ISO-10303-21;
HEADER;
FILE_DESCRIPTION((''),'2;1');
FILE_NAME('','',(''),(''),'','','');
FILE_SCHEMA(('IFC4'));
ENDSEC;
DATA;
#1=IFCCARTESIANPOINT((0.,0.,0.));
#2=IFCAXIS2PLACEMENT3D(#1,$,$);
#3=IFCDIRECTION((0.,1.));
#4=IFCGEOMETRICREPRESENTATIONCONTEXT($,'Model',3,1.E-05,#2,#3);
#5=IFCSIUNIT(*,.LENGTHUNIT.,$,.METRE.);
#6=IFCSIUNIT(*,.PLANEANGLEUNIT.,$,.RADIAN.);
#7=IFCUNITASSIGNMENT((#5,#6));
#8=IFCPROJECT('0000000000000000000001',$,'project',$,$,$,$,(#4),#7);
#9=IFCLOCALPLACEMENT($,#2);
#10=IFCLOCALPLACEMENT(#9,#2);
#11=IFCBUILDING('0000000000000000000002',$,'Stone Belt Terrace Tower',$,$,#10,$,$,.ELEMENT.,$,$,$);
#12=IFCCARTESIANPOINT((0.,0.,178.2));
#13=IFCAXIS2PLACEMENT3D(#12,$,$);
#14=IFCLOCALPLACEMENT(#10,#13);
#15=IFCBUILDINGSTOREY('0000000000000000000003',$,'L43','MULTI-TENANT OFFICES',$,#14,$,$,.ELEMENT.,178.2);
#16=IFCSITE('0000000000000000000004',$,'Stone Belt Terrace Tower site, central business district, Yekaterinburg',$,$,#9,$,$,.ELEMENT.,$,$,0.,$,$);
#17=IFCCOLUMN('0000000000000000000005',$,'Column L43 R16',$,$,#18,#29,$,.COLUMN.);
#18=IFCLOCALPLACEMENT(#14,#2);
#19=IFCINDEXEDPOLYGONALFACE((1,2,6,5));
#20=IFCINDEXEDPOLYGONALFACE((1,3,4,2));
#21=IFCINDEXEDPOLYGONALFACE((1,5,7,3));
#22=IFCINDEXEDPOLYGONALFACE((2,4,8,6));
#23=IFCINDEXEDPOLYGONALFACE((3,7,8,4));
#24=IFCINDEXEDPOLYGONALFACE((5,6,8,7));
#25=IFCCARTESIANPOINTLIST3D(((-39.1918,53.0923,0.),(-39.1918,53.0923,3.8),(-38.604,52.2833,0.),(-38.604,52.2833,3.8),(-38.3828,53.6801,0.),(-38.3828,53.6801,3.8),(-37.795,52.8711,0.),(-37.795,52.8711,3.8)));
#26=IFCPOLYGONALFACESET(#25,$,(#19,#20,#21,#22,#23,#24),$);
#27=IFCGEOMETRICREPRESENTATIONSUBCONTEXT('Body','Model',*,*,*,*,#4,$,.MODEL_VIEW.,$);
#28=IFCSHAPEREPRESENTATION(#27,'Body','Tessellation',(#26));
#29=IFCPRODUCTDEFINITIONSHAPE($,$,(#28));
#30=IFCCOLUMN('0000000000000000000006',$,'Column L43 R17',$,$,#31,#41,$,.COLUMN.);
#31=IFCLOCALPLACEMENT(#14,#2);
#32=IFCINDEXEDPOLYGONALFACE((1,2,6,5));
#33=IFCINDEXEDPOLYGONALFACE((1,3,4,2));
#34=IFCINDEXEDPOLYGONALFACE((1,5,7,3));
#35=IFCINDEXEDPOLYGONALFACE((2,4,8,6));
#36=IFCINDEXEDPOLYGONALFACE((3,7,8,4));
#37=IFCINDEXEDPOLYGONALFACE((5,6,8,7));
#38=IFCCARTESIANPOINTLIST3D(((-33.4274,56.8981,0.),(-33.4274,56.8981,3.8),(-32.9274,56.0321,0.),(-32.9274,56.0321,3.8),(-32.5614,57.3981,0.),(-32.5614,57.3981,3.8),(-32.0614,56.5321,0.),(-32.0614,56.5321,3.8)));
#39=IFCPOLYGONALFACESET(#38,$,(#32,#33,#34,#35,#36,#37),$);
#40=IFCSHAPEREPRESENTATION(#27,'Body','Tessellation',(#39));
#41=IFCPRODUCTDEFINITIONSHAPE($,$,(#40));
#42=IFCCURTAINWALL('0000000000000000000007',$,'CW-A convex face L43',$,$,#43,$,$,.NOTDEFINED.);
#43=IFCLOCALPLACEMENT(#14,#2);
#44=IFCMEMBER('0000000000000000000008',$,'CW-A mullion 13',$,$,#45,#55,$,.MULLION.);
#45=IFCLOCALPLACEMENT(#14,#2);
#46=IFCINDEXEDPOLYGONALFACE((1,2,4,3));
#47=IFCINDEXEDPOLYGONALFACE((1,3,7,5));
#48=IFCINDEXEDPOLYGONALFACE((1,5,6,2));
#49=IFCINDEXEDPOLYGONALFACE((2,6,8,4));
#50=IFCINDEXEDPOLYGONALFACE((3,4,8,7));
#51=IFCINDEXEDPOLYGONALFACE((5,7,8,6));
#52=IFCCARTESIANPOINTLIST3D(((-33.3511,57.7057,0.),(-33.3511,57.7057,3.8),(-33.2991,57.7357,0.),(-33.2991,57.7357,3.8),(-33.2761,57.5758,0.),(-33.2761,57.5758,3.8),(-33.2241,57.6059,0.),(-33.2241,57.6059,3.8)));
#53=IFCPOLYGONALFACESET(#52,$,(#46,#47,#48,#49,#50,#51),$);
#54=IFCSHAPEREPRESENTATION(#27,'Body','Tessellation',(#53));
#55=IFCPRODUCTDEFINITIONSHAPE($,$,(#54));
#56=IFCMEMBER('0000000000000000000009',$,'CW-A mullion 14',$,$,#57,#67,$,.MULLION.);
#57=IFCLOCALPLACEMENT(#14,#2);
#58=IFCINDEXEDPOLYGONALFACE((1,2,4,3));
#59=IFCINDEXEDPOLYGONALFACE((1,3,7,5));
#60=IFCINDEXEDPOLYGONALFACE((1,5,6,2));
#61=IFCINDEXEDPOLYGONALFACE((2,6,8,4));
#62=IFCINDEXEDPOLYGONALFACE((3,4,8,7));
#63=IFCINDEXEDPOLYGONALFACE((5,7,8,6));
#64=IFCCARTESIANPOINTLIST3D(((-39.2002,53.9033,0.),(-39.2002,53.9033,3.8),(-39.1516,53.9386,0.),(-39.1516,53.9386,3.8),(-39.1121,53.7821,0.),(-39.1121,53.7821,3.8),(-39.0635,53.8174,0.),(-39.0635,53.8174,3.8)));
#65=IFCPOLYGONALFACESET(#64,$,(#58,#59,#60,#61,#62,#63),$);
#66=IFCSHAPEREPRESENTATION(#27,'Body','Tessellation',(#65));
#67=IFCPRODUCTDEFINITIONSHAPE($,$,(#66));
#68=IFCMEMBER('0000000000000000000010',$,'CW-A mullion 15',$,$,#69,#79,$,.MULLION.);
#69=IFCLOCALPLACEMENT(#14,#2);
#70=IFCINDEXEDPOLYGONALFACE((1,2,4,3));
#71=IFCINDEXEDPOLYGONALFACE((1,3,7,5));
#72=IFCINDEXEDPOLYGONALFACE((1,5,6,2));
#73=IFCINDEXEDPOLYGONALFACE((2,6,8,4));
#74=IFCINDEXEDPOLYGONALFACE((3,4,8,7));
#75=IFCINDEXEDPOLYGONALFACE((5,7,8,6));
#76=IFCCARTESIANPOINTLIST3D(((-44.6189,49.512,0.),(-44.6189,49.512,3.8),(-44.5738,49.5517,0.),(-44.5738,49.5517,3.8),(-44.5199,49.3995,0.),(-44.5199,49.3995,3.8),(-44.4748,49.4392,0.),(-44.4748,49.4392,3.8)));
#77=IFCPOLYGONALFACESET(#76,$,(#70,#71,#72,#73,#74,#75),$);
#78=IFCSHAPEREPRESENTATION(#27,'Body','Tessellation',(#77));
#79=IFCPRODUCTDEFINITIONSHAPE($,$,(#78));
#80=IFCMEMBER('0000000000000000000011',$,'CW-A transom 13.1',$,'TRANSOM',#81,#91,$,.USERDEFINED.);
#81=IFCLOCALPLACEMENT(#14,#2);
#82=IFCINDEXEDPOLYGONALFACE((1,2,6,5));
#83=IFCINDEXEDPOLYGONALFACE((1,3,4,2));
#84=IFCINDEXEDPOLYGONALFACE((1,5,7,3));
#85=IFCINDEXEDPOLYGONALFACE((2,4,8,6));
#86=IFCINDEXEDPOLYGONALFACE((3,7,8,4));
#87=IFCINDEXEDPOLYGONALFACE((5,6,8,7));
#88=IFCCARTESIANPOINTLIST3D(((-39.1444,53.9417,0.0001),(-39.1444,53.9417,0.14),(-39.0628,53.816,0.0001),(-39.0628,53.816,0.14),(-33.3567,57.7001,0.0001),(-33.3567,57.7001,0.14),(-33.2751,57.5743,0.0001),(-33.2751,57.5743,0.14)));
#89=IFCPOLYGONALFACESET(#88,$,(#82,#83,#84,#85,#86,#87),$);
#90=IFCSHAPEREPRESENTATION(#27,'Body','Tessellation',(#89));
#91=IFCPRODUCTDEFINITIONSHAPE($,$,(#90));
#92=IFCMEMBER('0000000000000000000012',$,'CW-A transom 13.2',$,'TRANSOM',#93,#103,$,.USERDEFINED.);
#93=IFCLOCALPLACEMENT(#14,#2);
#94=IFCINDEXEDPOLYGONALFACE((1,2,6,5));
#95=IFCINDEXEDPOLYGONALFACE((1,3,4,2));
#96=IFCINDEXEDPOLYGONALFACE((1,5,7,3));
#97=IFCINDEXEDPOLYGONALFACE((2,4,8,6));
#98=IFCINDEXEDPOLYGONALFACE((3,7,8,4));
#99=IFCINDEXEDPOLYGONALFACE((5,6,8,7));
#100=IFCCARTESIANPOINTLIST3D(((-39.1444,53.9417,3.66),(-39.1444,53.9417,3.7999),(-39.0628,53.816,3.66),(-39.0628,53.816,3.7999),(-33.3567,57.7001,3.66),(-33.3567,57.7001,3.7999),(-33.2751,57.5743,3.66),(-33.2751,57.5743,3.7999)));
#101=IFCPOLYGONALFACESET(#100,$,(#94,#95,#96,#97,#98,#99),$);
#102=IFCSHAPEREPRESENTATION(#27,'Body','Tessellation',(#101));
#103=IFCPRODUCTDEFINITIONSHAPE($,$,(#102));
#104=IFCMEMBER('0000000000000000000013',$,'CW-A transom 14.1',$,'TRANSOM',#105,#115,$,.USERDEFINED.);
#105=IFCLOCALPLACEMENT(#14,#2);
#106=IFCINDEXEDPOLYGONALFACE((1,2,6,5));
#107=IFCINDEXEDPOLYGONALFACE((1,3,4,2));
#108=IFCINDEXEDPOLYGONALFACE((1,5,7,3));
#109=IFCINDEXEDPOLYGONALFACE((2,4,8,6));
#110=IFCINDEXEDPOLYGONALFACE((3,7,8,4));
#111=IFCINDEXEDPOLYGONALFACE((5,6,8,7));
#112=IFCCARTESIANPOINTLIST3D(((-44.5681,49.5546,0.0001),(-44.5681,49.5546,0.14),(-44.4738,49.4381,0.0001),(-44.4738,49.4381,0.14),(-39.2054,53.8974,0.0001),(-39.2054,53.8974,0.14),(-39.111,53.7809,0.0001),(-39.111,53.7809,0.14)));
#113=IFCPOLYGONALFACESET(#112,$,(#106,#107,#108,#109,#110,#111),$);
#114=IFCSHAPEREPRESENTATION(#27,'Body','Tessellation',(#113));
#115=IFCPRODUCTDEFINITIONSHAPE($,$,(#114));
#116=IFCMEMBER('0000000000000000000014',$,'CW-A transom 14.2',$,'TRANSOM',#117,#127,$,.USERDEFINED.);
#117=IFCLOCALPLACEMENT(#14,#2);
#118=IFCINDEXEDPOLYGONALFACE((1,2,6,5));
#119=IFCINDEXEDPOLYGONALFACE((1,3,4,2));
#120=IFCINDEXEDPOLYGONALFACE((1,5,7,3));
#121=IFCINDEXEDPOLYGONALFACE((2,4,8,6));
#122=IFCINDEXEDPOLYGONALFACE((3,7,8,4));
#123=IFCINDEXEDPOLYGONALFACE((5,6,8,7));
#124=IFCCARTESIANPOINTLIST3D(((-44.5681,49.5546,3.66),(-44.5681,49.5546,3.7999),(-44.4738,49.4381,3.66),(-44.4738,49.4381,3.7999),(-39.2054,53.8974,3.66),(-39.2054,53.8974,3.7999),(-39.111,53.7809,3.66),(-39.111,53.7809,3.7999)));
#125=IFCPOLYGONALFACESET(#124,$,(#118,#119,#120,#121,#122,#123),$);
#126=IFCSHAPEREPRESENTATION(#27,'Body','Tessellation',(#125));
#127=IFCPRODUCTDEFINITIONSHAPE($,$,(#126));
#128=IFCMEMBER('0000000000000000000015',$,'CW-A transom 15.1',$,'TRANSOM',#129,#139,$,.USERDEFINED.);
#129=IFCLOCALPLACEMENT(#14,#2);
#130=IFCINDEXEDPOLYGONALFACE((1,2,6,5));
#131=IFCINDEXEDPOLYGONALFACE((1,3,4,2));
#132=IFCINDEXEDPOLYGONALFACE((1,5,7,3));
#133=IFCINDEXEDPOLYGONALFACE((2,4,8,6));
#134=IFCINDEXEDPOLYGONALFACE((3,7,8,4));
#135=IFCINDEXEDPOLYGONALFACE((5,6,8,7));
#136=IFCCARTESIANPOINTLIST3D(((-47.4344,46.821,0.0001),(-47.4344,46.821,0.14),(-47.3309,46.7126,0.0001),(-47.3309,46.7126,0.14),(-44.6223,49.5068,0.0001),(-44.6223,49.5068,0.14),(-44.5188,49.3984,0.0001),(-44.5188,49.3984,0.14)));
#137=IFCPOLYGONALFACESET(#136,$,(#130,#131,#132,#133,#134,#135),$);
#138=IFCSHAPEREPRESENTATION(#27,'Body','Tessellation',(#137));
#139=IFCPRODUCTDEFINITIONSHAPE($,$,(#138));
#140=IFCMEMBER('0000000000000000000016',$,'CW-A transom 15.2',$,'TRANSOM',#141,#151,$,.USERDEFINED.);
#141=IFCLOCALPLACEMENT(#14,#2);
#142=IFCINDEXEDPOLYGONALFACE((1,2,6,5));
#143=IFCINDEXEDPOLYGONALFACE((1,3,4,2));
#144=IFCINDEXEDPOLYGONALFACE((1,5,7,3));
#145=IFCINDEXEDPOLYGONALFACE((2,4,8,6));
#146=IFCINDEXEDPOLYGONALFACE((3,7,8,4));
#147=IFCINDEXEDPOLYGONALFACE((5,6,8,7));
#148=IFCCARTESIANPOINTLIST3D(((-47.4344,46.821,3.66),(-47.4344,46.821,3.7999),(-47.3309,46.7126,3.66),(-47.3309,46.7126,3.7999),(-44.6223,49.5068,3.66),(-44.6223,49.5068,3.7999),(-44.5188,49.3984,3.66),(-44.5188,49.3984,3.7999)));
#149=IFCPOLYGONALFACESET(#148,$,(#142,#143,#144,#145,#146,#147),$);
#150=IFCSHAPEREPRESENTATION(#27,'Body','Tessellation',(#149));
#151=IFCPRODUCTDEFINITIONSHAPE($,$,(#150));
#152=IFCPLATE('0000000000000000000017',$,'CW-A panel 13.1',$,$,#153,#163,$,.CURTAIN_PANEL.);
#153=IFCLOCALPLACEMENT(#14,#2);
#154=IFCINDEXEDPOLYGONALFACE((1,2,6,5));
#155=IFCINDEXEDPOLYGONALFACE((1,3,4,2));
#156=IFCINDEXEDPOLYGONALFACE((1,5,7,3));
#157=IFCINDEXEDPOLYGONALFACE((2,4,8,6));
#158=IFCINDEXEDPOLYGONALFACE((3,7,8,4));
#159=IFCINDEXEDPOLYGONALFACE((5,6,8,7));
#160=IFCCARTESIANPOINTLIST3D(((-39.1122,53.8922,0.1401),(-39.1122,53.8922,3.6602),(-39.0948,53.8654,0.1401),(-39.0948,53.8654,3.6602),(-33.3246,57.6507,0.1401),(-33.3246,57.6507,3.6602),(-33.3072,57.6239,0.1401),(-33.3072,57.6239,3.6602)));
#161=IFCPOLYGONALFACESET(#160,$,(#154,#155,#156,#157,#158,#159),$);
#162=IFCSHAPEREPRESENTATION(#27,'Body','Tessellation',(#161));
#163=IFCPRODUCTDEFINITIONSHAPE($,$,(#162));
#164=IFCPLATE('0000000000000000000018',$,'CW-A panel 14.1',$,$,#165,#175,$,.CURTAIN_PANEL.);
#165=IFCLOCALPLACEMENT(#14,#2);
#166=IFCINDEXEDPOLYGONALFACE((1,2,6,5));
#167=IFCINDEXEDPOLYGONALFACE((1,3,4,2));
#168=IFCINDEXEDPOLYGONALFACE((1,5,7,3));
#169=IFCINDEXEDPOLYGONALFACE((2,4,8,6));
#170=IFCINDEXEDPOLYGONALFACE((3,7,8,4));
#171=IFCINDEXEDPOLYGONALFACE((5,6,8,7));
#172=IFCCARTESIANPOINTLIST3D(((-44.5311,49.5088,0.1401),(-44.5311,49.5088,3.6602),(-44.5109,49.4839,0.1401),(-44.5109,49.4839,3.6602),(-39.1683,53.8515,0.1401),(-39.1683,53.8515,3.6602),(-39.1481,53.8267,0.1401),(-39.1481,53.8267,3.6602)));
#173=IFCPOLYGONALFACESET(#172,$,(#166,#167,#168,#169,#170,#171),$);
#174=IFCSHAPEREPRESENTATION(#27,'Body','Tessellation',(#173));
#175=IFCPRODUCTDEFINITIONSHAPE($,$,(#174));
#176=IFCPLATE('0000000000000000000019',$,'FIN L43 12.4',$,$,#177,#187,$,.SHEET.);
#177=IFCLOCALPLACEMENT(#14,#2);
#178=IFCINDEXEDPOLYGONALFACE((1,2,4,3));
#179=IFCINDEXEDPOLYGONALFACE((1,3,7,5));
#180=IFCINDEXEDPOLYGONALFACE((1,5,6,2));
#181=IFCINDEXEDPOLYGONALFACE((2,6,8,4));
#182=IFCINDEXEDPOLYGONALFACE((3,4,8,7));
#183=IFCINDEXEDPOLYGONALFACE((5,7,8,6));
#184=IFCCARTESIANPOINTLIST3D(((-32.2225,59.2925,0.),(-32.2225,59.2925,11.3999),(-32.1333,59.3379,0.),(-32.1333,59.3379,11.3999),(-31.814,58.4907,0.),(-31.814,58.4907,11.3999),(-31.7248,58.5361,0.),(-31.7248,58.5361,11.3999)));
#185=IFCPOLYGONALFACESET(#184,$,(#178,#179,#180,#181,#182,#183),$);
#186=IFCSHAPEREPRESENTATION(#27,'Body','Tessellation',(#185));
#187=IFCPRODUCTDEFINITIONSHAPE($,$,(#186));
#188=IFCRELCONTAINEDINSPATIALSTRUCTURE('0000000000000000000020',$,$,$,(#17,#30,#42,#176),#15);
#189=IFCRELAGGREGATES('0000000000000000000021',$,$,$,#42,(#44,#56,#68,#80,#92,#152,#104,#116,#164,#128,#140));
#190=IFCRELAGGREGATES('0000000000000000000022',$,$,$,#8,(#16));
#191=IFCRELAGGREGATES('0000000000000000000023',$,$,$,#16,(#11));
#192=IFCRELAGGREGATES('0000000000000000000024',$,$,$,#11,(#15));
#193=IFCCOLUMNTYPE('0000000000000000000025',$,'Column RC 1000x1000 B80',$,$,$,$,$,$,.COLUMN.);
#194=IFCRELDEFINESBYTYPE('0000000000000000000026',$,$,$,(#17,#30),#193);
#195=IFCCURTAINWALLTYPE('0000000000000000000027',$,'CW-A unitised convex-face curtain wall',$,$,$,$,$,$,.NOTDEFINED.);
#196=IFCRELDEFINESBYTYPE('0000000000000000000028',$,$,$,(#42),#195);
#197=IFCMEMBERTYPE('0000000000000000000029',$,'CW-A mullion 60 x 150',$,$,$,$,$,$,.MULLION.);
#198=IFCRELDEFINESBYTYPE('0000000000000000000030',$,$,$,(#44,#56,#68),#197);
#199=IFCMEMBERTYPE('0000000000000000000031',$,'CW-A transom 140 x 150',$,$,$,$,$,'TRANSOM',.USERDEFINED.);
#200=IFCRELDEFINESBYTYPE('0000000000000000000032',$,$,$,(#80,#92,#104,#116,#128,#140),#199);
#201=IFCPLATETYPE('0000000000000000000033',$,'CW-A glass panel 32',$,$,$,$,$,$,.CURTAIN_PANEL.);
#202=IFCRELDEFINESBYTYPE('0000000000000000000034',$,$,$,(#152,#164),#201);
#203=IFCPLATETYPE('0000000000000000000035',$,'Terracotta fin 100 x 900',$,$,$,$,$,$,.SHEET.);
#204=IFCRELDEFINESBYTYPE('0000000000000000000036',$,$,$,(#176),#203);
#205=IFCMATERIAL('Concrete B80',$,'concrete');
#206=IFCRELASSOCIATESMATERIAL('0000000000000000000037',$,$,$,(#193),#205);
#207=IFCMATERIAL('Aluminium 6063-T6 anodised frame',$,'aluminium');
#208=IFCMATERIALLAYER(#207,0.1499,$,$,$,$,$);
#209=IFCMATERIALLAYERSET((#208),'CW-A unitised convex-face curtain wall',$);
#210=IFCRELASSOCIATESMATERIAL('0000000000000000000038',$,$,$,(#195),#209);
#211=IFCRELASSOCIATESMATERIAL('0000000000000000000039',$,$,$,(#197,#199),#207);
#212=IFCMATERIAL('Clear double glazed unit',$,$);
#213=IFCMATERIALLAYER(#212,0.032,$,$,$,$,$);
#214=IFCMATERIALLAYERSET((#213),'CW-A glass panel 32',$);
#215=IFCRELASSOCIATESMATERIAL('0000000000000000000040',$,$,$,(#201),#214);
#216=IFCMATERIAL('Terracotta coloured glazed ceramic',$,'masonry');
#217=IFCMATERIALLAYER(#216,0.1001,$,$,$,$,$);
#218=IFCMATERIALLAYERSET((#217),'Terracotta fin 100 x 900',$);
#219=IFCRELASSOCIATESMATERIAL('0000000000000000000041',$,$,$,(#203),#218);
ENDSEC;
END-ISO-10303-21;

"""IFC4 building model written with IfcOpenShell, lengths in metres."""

from ifc_helpers import new_model, si_unit, direction, frame, origin, origin_2d, place, context, subcontext, project, spatial, rectangle, extrude, material, layer, layer_set, material_profile, profile_set, type_object, element, aggregate, save


model = new_model("IFC4")

# Units and contexts
model_context = context("Model", 3, precision=1e-05, world=origin(), true_north=direction((0.0, 1.0)))
body_context = subcontext(model_context, "Body", "Model", "MODEL_VIEW")
ifc_project = project(units=[si_unit("LENGTHUNIT", "METRE"), si_unit("PLANEANGLEUNIT", "RADIAN")], contexts=[model_context])

# Site, building, storey
site_placement = place(None, origin())
site = spatial("IfcSite", under=ifc_project, at=site_placement, Name="Stone Belt Terrace Tower site, central business district, Yekaterinburg", CompositionType="ELEMENT", RefElevation=0.0)
building_placement = place(site_placement, origin())
building = spatial("IfcBuilding", under=site, at=building_placement, Name="Stone Belt Terrace Tower", CompositionType="ELEMENT")
storey_placement = place(building_placement, frame((0.0, 0.0, 178.2)))
storey = spatial("IfcBuildingStorey", under=building, at=storey_placement, Name="L43", Description="MULTI-TENANT OFFICES", CompositionType="ELEMENT", Elevation=178.2)

# Columns
ifc_material_1 = material(Name="Concrete B80", Category="concrete")
ifc_material_profile_1 = material_profile(ifc_material_1, rectangle(XDim=1.0, YDim=1.0, at=origin_2d()), Name="RC 1000x1000")
ifc_profile_set_1 = profile_set([ifc_material_profile_1], Name="Concrete B80")
column_type = type_object("IfcColumnType", Name="Column RC 1000x1000 B80", PredefinedType="COLUMN", material=ifc_profile_set_1)
for number, where, z_axis, x_axis, name in (
    (1, (-38.4934, 52.9817, 0.0), (0.0, 0.0, 1.0), (0.809017, 0.587785, 0.0), "Column L43 R16"),
    (2, (-32.7444, 56.7151, 0.0), (0.0, 0.0, 1.0), (0.866025, 0.5, 0.0), "Column L43 R17"),
):
    element("IfcColumn", number, at=place(storey_placement, frame(where, z_axis=z_axis, x_axis=x_axis)), inside=storey, type_object=column_type, Name=name, PredefinedType="COLUMN", context=body_context, shape_type="SweptSolid", body=[
        extrude(rectangle(XDim=1.0, YDim=1.0, at=origin_2d()), origin(), (0.0, 0.0, 1.0), 3.8),
    ])

# Curtain wall, members, plates
ifc_material_2 = material(Name="Aluminium 6063-T6 anodised frame", Category="aluminium")
ifc_layer_1 = layer(ifc_material_2, 0.1499)
ifc_layer_set_1 = layer_set([ifc_layer_1], Name="CW-A unitised convex-face curtain wall")
curtain_wall_type = type_object("IfcCurtainWallType", Name="CW-A unitised convex-face curtain wall", PredefinedType="NOTDEFINED", material=ifc_layer_set_1)
curtain_wall_placement = place(storey_placement, origin())
curtain_wall = element("IfcCurtainWall", 3, at=curtain_wall_placement, inside=storey, type_object=curtain_wall_type, Name="CW-A convex face L43", PredefinedType="NOTDEFINED")
ifc_material_profile_2 = material_profile(ifc_material_2, rectangle(XDim=0.1499, YDim=0.0601, at=origin_2d()), Name="Aluminium 6063-T6 60x150")
ifc_profile_set_2 = profile_set([ifc_material_profile_2], Name="Aluminium 6063-T6 anodised frame")
member_type_1 = type_object("IfcMemberType", Name="CW-A mullion 60 x 150", PredefinedType="MULLION", material=ifc_profile_set_2)
member_1_placement = place(storey_placement, frame((-33.2876, 57.6558, 0.0), z_axis=(0.0, 0.0, 1.0), x_axis=(0.5, -0.866025, 0.0)))
member_1 = element("IfcMember", 4, at=member_1_placement, type_object=member_type_1, Name="CW-A mullion 13", PredefinedType="MULLION", context=body_context, shape_type="SweptSolid", body=[
    extrude(rectangle(XDim=0.1499, YDim=0.0601, at=origin_2d()), origin(), (0.0, 0.0, 1.0), 3.8),
])
member_2_placement = place(storey_placement, frame((-39.1318, 53.8604, 0.0), z_axis=(0.0, 0.0, 1.0), x_axis=(0.587785, -0.809017, 0.0)))
member_2 = element("IfcMember", 5, at=member_2_placement, type_object=member_type_1, Name="CW-A mullion 14", PredefinedType="MULLION", context=body_context, shape_type="SweptSolid", body=[
    extrude(rectangle(XDim=0.1499, YDim=0.0601, at=origin_2d()), origin(), (0.0, 0.0, 1.0), 3.8),
])
member_3_placement = place(storey_placement, frame((-44.5469, 49.4756, 0.0), z_axis=(0.0, 0.0, 1.0), x_axis=(0.660573, -0.750761, 0.0)))
member_3 = element("IfcMember", 6, at=member_3_placement, type_object=member_type_1, Name="CW-A mullion 15", PredefinedType="MULLION", context=body_context, shape_type="SweptSolid", body=[
    extrude(rectangle(XDim=0.1499, YDim=0.0601, at=origin_2d()), origin(), (0.0, 0.0, 1.0), 3.8),
])
ifc_material_profile_3 = material_profile(ifc_material_2, rectangle(XDim=0.1499, YDim=0.1399, at=origin_2d()), Name="Aluminium 6063-T6 150x140")
ifc_profile_set_3 = profile_set([ifc_material_profile_3], Name="Aluminium 6063-T6 anodised frame")
member_type_2 = type_object("IfcMemberType", Name="CW-A transom 140 x 150", ElementType="TRANSOM", PredefinedType="USERDEFINED", material=ifc_profile_set_3)
member_4_placement = place(storey_placement, frame((-33.3159, 57.6372, 0.0701), z_axis=(-0.838684, -0.544618, 0.0), x_axis=(0.544618, -0.838684, 0.0)))
member_4 = element("IfcMember", 7, at=member_4_placement, type_object=member_type_2, Name="CW-A transom 13.1", ObjectType="TRANSOM", PredefinedType="USERDEFINED", context=body_context, shape_type="SweptSolid", body=[
    extrude(rectangle(XDim=0.1499, YDim=0.1399, at=origin_2d()), origin(), (0.0, 0.0, 1.0), 6.9009),
])
member_5_placement = place(storey_placement, frame((-33.3159, 57.6372, 3.73), z_axis=(-0.838684, -0.544618, 0.0), x_axis=(0.544618, -0.838684, 0.0)))
member_5 = element("IfcMember", 8, at=member_5_placement, type_object=member_type_2, Name="CW-A transom 13.2", ObjectType="TRANSOM", PredefinedType="USERDEFINED", context=body_context, shape_type="SweptSolid", body=[
    extrude(rectangle(XDim=0.1499, YDim=0.1399, at=origin_2d()), origin(), (0.0, 0.0, 1.0), 6.9009),
])
member_6_placement = place(storey_placement, frame((-39.1582, 53.8391, 0.0701), z_axis=(-0.777141, -0.629326, 0.0), x_axis=(0.629326, -0.777141, 0.0)))
member_6 = element("IfcMember", 9, at=member_6_placement, type_object=member_type_2, Name="CW-A transom 14.1", ObjectType="TRANSOM", PredefinedType="USERDEFINED", context=body_context, shape_type="SweptSolid", body=[
    extrude(rectangle(XDim=0.1499, YDim=0.1399, at=origin_2d()), origin(), (0.0, 0.0, 1.0), 6.9006),
])
member_7_placement = place(storey_placement, frame((-39.1582, 53.8391, 3.73), z_axis=(-0.777141, -0.629326, 0.0), x_axis=(0.629326, -0.777141, 0.0)))
member_7 = element("IfcMember", 10, at=member_7_placement, type_object=member_type_2, Name="CW-A transom 14.2", ObjectType="TRANSOM", PredefinedType="USERDEFINED", context=body_context, shape_type="SweptSolid", body=[
    extrude(rectangle(XDim=0.1499, YDim=0.1399, at=origin_2d()), origin(), (0.0, 0.0, 1.0), 6.9006),
])
member_8_placement = place(storey_placement, frame((-44.5706, 49.4526, 0.0701), z_axis=(-0.72315, -0.690691, 0.0), x_axis=(0.690691, -0.72315, 0.0)))
member_8 = element("IfcMember", 11, at=member_8_placement, type_object=member_type_2, Name="CW-A transom 15.1", ObjectType="TRANSOM", PredefinedType="USERDEFINED", context=body_context, shape_type="SweptSolid", body=[
    extrude(rectangle(XDim=0.1499, YDim=0.1399, at=origin_2d()), origin(), (0.0, 0.0, 1.0), 3.8887),
])
member_9_placement = place(storey_placement, frame((-44.5706, 49.4526, 3.73), z_axis=(-0.72315, -0.690691, 0.0), x_axis=(0.690691, -0.72315, 0.0)))
member_9 = element("IfcMember", 12, at=member_9_placement, type_object=member_type_2, Name="CW-A transom 15.2", ObjectType="TRANSOM", PredefinedType="USERDEFINED", context=body_context, shape_type="SweptSolid", body=[
    extrude(rectangle(XDim=0.1499, YDim=0.1399, at=origin_2d()), origin(), (0.0, 0.0, 1.0), 3.8887),
])
ifc_material_3 = material(Name="Clear double glazed unit")
ifc_layer_2 = layer(ifc_material_3, 0.032)
ifc_layer_set_2 = layer_set([ifc_layer_2], Name="CW-A glass panel 32")
plate_type_1 = type_object("IfcPlateType", Name="CW-A glass panel 32", PredefinedType="CURTAIN_PANEL", material=ifc_layer_set_2)
plate_1_placement = place(storey_placement, frame((-36.2097, 55.7581, 0.1401), z_axis=(0.0, 0.0, 1.0), x_axis=(-0.838671, -0.544639, 0.0)))
plate_1 = element("IfcPlate", 13, at=plate_1_placement, type_object=plate_type_1, Name="CW-A panel 13.1", PredefinedType="CURTAIN_PANEL", context=body_context, shape_type="SweptSolid", body=[
    extrude(rectangle(XDim=6.9009, YDim=0.032, at=origin_2d()), origin(), (0.0, 0.0, 1.0), 3.52),
])
plate_2_placement = place(storey_placement, frame((-41.8396, 51.6677, 0.1401), z_axis=(0.0, 0.0, 1.0), x_axis=(-0.777146, -0.62932, 0.0)))
plate_2 = element("IfcPlate", 14, at=plate_2_placement, type_object=plate_type_1, Name="CW-A panel 14.1", PredefinedType="CURTAIN_PANEL", context=body_context, shape_type="SweptSolid", body=[
    extrude(rectangle(XDim=6.9006, YDim=0.032, at=origin_2d()), origin(), (0.0, 0.0, 1.0), 3.52),
])
aggregate(curtain_wall, [member_1, member_2, member_3, member_4, member_5, plate_1, member_6, member_7, plate_2, member_8, member_9])

# Plate
ifc_material_4 = material(Name="Terracotta coloured glazed ceramic", Category="masonry")
ifc_layer_3 = layer(ifc_material_4, 0.1001)
ifc_layer_set_3 = layer_set([ifc_layer_3], Name="Terracotta fin 100 x 900")
plate_type_2 = type_object("IfcPlateType", Name="Terracotta fin 100 x 900", PredefinedType="SHEET", material=ifc_layer_set_3)
for number, where, z_axis, x_axis, name in (
    (15, (-31.9736, 58.9143, 0.0), (0.0, 0.0, 1.0), (-0.45399, 0.891007, 0.0), "FIN L43 12.4"),
):
    element("IfcPlate", number, at=place(storey_placement, frame(where, z_axis=z_axis, x_axis=x_axis)), inside=storey, type_object=plate_type_2, Name=name, PredefinedType="SHEET", context=body_context, shape_type="SweptSolid", body=[
        extrude(rectangle(XDim=0.8999, YDim=0.1001, at=origin_2d()), origin(), (0.0, 0.0, 1.0), 11.3999),
    ])

save(model, "model.ifc")
